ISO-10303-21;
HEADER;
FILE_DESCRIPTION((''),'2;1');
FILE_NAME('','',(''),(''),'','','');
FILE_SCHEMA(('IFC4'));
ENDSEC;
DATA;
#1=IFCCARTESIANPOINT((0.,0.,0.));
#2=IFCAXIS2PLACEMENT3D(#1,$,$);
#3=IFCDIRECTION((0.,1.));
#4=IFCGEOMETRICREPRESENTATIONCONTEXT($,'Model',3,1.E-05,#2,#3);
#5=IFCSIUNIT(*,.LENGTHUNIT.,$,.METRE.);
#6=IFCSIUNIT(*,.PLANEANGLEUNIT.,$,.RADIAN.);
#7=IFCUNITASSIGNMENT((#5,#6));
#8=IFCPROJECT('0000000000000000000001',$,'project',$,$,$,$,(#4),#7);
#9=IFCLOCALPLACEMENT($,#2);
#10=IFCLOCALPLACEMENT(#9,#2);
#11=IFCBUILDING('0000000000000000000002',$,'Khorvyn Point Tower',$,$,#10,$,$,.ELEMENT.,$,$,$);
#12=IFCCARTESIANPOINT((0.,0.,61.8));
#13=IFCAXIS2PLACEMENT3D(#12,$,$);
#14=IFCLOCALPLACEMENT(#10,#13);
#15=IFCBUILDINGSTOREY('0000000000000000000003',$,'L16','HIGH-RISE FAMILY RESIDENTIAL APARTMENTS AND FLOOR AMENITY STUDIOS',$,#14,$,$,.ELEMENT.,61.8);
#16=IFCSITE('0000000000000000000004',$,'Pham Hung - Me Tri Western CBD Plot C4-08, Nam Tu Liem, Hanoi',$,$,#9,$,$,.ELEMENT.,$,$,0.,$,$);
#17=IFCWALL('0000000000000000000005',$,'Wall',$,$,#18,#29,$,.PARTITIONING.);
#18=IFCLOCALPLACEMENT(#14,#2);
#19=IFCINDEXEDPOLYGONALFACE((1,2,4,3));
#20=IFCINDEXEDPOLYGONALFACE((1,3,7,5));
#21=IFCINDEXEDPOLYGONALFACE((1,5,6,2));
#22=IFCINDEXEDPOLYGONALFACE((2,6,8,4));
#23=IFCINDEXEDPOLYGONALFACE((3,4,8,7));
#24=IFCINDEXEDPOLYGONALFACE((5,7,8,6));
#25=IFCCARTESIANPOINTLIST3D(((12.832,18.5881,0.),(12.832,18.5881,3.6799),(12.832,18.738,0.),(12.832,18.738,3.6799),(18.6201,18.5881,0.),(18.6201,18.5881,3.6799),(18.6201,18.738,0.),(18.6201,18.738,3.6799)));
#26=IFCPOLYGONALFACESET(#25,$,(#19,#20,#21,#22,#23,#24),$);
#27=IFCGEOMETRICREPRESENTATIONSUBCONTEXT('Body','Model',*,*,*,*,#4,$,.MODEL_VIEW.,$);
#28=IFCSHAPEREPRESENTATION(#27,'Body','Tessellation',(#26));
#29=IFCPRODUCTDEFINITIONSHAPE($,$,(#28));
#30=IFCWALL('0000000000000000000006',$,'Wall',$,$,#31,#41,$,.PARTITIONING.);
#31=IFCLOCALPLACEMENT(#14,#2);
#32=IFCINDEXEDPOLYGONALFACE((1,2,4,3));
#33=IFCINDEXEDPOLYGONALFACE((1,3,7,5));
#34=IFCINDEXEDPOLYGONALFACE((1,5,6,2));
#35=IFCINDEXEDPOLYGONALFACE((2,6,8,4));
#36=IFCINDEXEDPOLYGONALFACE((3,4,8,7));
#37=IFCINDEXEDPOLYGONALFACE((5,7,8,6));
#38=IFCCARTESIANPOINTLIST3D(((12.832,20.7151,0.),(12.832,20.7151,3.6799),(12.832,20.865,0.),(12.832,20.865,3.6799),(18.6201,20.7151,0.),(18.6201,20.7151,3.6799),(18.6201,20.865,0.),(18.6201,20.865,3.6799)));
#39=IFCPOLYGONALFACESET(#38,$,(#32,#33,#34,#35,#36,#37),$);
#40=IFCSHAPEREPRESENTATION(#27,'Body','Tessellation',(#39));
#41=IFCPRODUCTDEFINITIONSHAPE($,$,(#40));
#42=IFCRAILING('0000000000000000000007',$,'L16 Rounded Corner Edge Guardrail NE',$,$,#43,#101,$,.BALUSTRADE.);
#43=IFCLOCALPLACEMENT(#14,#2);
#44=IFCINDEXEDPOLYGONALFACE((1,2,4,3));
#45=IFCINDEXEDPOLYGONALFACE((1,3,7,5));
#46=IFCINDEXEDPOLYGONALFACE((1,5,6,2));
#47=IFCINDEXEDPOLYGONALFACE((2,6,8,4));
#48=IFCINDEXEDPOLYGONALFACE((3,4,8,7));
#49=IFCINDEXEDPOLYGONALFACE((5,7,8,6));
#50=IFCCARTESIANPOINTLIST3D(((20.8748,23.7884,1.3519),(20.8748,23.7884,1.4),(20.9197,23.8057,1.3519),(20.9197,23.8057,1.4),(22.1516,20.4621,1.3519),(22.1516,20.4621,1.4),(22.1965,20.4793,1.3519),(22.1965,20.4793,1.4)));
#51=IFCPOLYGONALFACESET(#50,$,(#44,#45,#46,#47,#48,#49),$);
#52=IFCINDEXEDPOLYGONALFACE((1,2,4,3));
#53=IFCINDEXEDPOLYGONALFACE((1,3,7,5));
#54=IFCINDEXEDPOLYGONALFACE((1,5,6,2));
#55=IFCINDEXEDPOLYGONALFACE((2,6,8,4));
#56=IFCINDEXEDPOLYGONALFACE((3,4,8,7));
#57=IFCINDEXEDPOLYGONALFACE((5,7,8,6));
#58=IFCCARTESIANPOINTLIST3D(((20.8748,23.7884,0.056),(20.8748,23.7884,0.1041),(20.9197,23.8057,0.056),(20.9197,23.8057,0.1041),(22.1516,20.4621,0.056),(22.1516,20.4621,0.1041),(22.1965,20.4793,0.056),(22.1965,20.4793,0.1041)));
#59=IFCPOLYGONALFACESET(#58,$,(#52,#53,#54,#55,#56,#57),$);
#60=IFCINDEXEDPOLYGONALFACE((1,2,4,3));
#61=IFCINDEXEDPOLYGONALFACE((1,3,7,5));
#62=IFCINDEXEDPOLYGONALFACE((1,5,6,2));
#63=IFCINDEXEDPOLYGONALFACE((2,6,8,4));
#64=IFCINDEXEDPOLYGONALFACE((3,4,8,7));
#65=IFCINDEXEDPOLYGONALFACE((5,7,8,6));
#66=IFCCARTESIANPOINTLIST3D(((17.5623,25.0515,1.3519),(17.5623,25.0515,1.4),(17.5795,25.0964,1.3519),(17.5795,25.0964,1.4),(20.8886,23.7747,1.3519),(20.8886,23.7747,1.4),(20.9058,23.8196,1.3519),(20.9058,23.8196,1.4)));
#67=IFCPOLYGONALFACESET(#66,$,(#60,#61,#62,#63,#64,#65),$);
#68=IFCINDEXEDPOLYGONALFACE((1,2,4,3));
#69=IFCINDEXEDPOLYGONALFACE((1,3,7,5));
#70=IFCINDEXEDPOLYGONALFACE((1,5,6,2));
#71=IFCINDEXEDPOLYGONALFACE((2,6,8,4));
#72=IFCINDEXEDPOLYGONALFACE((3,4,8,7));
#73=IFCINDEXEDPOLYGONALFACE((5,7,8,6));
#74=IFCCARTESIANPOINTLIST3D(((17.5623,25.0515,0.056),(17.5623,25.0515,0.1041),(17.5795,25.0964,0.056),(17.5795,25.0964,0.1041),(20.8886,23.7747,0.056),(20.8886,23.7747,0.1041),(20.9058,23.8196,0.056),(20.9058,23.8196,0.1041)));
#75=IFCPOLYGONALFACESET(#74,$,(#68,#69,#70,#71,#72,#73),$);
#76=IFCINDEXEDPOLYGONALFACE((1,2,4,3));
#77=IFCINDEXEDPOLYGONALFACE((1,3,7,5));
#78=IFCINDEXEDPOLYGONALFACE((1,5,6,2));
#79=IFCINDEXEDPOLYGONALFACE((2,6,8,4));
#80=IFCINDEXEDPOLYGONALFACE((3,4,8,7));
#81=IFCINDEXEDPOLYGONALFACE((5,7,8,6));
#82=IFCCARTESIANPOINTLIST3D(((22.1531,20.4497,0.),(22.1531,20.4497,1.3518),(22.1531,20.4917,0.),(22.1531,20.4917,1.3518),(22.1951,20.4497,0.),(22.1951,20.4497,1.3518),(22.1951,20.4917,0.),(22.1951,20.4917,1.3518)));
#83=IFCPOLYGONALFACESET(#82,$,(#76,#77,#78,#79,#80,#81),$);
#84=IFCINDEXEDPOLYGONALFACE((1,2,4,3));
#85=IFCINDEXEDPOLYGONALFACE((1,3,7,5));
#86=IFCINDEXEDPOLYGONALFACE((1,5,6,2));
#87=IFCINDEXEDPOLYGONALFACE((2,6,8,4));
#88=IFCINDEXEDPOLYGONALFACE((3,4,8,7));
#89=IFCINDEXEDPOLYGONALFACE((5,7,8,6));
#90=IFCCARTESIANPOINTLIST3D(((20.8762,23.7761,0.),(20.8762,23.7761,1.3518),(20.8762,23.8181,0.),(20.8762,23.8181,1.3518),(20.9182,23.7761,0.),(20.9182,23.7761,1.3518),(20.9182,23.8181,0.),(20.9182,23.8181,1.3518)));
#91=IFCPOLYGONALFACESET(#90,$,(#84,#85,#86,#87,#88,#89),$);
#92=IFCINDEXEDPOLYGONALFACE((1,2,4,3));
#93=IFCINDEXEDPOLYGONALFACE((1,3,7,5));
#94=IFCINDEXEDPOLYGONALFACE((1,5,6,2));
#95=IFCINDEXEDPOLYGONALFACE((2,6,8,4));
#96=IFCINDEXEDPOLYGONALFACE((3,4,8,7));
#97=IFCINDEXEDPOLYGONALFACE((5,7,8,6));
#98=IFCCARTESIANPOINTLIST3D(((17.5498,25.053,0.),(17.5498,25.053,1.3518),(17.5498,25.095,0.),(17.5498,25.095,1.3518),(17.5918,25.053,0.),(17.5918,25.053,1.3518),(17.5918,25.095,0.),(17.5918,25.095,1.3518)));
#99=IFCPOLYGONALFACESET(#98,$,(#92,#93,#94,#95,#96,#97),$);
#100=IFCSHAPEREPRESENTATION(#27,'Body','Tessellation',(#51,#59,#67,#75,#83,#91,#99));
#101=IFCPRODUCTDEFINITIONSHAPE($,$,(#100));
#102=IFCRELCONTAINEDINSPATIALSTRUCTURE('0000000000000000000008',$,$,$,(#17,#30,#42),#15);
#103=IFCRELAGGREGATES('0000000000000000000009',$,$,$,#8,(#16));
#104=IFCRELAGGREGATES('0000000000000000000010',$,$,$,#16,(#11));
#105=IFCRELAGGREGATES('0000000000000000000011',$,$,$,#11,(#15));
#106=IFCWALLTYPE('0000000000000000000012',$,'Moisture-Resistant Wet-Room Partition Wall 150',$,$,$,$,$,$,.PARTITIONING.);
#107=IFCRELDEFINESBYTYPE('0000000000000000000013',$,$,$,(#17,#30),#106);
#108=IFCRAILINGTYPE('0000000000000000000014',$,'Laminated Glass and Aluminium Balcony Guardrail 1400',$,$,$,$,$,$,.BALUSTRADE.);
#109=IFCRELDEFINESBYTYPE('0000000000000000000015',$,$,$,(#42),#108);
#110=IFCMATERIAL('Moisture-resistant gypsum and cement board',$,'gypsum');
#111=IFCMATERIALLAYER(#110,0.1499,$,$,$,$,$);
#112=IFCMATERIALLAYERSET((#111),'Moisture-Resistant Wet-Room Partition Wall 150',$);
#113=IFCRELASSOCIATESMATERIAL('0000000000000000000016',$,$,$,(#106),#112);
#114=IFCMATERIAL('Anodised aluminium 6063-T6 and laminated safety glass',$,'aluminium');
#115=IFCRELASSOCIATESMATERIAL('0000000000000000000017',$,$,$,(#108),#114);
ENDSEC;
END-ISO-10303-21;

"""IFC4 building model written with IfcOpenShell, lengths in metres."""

from ifc_helpers import new_model, si_unit, direction, frame, frame_2d, origin, origin_2d, place, context, subcontext, project, spatial, rectangle, extrude, material, layer, layer_set, type_object, element, save


model = new_model("IFC4")

# Units and contexts
model_context = context("Model", 3, precision=1e-05, world=origin(), true_north=direction((0.0, 1.0)))
body_context = subcontext(model_context, "Body", "Model", "MODEL_VIEW")
ifc_project = project(units=[si_unit("LENGTHUNIT", "METRE"), si_unit("PLANEANGLEUNIT", "RADIAN")], contexts=[model_context])

# Site, building, storey
site_placement = place(None, origin())
site = spatial("IfcSite", under=ifc_project, at=site_placement, Name="Pham Hung - Me Tri Western CBD Plot C4-08, Nam Tu Liem, Hanoi", CompositionType="ELEMENT", RefElevation=0.0)
building_placement = place(site_placement, origin())
building = spatial("IfcBuilding", under=site, at=building_placement, Name="Khorvyn Point Tower", CompositionType="ELEMENT")
storey_placement = place(building_placement, frame((0.0, 0.0, 61.8)))
storey = spatial("IfcBuildingStorey", under=building, at=storey_placement, Name="L16", Description="HIGH-RISE FAMILY RESIDENTIAL APARTMENTS AND FLOOR AMENITY STUDIOS", CompositionType="ELEMENT", Elevation=61.8)

# Shared definitions
ifc_material_1 = material(Name="Moisture-resistant gypsum and cement board", Category="gypsum")
ifc_layer_1 = layer(ifc_material_1, 0.1499)
ifc_layer_set_1 = layer_set([ifc_layer_1], Name="Moisture-Resistant Wet-Room Partition Wall 150")
wall_type_1 = type_object("IfcWallType", Name="Moisture-Resistant Wet-Room Partition Wall 150", PredefinedType="PARTITIONING", material=ifc_layer_set_1)

# Walls
for number, where, z_axis, x_axis, name in (
    (1, (12.832, 18.6631, 0.0), (0.0, 0.0, 1.0), (1.0, 0.0, 0.0), "Wall"),
    (2, (12.832, 20.79, 0.0), (0.0, 0.0, 1.0), (1.0, 0.0, 0.0), "Wall"),
):
    element("IfcWall", number, at=place(storey_placement, frame(where, z_axis=z_axis, x_axis=x_axis)), inside=storey, type_object=wall_type_1, Name=name, PredefinedType="PARTITIONING", context=body_context, shape_type="SweptSolid", body=[
        extrude(rectangle(XDim=5.7881, YDim=0.1499, at=frame_2d((2.894, 0.0))), origin(), (0.0, 0.0, 1.0), 3.6799),
    ])

# Railing
ifc_material_2 = material(Name="Anodised aluminium 6063-T6 and laminated safety glass", Category="aluminium")
railing_type = type_object("IfcRailingType", Name="Laminated Glass and Aluminium Balcony Guardrail 1400", PredefinedType="BALUSTRADE", material=ifc_material_2)
railing_placement = place(storey_placement, frame((22.1741, 20.4707, 0.0)))
element("IfcRailing", 3, at=railing_placement, inside=storey, type_object=railing_type, Name="L16 Rounded Corner Edge Guardrail NE", PredefinedType="BALUSTRADE", context=body_context, shape_type="SweptSolid", body=[
    extrude(rectangle(XDim=0.0481, YDim=0.0481, at=origin_2d()), frame((0.0, 0.0, 1.376), z_axis=(-0.358359, 0.933584, 0.0), x_axis=(-0.933584, -0.358359, 0.0)), (0.0, 0.0, 1.0), 3.563),
    extrude(rectangle(XDim=0.0481, YDim=0.0481, at=origin_2d()), frame((0.0, 0.0, 0.0801), z_axis=(-0.358359, 0.933584, 0.0), x_axis=(-0.933584, -0.358359, 0.0)), (0.0, 0.0, 1.0), 3.563),
    extrude(rectangle(XDim=0.0481, YDim=0.0481, at=origin_2d()), frame((-1.2769, 3.3264, 1.376), z_axis=(-0.933584, 0.358359, 0.0), x_axis=(-0.358359, -0.933584, 0.0)), (0.0, 0.0, 1.0), 3.563),
    extrude(rectangle(XDim=0.0481, YDim=0.0481, at=origin_2d()), frame((-1.2769, 3.3264, 0.0801), z_axis=(-0.933584, 0.358359, 0.0), x_axis=(-0.358359, -0.933584, 0.0)), (0.0, 0.0, 1.0), 3.563),
    extrude(rectangle(XDim=0.042, YDim=0.042, at=origin_2d()), origin(), (0.0, 0.0, 1.0), 1.3518),
    extrude(rectangle(XDim=0.042, YDim=0.042, at=origin_2d()), frame((-1.2769, 3.3264, 0.0)), (0.0, 0.0, 1.0), 1.3518),
    extrude(rectangle(XDim=0.042, YDim=0.042, at=origin_2d()), frame((-4.6033, 4.6033, 0.0)), (0.0, 0.0, 1.0), 1.3518),
])

save(model, "model.ifc")
